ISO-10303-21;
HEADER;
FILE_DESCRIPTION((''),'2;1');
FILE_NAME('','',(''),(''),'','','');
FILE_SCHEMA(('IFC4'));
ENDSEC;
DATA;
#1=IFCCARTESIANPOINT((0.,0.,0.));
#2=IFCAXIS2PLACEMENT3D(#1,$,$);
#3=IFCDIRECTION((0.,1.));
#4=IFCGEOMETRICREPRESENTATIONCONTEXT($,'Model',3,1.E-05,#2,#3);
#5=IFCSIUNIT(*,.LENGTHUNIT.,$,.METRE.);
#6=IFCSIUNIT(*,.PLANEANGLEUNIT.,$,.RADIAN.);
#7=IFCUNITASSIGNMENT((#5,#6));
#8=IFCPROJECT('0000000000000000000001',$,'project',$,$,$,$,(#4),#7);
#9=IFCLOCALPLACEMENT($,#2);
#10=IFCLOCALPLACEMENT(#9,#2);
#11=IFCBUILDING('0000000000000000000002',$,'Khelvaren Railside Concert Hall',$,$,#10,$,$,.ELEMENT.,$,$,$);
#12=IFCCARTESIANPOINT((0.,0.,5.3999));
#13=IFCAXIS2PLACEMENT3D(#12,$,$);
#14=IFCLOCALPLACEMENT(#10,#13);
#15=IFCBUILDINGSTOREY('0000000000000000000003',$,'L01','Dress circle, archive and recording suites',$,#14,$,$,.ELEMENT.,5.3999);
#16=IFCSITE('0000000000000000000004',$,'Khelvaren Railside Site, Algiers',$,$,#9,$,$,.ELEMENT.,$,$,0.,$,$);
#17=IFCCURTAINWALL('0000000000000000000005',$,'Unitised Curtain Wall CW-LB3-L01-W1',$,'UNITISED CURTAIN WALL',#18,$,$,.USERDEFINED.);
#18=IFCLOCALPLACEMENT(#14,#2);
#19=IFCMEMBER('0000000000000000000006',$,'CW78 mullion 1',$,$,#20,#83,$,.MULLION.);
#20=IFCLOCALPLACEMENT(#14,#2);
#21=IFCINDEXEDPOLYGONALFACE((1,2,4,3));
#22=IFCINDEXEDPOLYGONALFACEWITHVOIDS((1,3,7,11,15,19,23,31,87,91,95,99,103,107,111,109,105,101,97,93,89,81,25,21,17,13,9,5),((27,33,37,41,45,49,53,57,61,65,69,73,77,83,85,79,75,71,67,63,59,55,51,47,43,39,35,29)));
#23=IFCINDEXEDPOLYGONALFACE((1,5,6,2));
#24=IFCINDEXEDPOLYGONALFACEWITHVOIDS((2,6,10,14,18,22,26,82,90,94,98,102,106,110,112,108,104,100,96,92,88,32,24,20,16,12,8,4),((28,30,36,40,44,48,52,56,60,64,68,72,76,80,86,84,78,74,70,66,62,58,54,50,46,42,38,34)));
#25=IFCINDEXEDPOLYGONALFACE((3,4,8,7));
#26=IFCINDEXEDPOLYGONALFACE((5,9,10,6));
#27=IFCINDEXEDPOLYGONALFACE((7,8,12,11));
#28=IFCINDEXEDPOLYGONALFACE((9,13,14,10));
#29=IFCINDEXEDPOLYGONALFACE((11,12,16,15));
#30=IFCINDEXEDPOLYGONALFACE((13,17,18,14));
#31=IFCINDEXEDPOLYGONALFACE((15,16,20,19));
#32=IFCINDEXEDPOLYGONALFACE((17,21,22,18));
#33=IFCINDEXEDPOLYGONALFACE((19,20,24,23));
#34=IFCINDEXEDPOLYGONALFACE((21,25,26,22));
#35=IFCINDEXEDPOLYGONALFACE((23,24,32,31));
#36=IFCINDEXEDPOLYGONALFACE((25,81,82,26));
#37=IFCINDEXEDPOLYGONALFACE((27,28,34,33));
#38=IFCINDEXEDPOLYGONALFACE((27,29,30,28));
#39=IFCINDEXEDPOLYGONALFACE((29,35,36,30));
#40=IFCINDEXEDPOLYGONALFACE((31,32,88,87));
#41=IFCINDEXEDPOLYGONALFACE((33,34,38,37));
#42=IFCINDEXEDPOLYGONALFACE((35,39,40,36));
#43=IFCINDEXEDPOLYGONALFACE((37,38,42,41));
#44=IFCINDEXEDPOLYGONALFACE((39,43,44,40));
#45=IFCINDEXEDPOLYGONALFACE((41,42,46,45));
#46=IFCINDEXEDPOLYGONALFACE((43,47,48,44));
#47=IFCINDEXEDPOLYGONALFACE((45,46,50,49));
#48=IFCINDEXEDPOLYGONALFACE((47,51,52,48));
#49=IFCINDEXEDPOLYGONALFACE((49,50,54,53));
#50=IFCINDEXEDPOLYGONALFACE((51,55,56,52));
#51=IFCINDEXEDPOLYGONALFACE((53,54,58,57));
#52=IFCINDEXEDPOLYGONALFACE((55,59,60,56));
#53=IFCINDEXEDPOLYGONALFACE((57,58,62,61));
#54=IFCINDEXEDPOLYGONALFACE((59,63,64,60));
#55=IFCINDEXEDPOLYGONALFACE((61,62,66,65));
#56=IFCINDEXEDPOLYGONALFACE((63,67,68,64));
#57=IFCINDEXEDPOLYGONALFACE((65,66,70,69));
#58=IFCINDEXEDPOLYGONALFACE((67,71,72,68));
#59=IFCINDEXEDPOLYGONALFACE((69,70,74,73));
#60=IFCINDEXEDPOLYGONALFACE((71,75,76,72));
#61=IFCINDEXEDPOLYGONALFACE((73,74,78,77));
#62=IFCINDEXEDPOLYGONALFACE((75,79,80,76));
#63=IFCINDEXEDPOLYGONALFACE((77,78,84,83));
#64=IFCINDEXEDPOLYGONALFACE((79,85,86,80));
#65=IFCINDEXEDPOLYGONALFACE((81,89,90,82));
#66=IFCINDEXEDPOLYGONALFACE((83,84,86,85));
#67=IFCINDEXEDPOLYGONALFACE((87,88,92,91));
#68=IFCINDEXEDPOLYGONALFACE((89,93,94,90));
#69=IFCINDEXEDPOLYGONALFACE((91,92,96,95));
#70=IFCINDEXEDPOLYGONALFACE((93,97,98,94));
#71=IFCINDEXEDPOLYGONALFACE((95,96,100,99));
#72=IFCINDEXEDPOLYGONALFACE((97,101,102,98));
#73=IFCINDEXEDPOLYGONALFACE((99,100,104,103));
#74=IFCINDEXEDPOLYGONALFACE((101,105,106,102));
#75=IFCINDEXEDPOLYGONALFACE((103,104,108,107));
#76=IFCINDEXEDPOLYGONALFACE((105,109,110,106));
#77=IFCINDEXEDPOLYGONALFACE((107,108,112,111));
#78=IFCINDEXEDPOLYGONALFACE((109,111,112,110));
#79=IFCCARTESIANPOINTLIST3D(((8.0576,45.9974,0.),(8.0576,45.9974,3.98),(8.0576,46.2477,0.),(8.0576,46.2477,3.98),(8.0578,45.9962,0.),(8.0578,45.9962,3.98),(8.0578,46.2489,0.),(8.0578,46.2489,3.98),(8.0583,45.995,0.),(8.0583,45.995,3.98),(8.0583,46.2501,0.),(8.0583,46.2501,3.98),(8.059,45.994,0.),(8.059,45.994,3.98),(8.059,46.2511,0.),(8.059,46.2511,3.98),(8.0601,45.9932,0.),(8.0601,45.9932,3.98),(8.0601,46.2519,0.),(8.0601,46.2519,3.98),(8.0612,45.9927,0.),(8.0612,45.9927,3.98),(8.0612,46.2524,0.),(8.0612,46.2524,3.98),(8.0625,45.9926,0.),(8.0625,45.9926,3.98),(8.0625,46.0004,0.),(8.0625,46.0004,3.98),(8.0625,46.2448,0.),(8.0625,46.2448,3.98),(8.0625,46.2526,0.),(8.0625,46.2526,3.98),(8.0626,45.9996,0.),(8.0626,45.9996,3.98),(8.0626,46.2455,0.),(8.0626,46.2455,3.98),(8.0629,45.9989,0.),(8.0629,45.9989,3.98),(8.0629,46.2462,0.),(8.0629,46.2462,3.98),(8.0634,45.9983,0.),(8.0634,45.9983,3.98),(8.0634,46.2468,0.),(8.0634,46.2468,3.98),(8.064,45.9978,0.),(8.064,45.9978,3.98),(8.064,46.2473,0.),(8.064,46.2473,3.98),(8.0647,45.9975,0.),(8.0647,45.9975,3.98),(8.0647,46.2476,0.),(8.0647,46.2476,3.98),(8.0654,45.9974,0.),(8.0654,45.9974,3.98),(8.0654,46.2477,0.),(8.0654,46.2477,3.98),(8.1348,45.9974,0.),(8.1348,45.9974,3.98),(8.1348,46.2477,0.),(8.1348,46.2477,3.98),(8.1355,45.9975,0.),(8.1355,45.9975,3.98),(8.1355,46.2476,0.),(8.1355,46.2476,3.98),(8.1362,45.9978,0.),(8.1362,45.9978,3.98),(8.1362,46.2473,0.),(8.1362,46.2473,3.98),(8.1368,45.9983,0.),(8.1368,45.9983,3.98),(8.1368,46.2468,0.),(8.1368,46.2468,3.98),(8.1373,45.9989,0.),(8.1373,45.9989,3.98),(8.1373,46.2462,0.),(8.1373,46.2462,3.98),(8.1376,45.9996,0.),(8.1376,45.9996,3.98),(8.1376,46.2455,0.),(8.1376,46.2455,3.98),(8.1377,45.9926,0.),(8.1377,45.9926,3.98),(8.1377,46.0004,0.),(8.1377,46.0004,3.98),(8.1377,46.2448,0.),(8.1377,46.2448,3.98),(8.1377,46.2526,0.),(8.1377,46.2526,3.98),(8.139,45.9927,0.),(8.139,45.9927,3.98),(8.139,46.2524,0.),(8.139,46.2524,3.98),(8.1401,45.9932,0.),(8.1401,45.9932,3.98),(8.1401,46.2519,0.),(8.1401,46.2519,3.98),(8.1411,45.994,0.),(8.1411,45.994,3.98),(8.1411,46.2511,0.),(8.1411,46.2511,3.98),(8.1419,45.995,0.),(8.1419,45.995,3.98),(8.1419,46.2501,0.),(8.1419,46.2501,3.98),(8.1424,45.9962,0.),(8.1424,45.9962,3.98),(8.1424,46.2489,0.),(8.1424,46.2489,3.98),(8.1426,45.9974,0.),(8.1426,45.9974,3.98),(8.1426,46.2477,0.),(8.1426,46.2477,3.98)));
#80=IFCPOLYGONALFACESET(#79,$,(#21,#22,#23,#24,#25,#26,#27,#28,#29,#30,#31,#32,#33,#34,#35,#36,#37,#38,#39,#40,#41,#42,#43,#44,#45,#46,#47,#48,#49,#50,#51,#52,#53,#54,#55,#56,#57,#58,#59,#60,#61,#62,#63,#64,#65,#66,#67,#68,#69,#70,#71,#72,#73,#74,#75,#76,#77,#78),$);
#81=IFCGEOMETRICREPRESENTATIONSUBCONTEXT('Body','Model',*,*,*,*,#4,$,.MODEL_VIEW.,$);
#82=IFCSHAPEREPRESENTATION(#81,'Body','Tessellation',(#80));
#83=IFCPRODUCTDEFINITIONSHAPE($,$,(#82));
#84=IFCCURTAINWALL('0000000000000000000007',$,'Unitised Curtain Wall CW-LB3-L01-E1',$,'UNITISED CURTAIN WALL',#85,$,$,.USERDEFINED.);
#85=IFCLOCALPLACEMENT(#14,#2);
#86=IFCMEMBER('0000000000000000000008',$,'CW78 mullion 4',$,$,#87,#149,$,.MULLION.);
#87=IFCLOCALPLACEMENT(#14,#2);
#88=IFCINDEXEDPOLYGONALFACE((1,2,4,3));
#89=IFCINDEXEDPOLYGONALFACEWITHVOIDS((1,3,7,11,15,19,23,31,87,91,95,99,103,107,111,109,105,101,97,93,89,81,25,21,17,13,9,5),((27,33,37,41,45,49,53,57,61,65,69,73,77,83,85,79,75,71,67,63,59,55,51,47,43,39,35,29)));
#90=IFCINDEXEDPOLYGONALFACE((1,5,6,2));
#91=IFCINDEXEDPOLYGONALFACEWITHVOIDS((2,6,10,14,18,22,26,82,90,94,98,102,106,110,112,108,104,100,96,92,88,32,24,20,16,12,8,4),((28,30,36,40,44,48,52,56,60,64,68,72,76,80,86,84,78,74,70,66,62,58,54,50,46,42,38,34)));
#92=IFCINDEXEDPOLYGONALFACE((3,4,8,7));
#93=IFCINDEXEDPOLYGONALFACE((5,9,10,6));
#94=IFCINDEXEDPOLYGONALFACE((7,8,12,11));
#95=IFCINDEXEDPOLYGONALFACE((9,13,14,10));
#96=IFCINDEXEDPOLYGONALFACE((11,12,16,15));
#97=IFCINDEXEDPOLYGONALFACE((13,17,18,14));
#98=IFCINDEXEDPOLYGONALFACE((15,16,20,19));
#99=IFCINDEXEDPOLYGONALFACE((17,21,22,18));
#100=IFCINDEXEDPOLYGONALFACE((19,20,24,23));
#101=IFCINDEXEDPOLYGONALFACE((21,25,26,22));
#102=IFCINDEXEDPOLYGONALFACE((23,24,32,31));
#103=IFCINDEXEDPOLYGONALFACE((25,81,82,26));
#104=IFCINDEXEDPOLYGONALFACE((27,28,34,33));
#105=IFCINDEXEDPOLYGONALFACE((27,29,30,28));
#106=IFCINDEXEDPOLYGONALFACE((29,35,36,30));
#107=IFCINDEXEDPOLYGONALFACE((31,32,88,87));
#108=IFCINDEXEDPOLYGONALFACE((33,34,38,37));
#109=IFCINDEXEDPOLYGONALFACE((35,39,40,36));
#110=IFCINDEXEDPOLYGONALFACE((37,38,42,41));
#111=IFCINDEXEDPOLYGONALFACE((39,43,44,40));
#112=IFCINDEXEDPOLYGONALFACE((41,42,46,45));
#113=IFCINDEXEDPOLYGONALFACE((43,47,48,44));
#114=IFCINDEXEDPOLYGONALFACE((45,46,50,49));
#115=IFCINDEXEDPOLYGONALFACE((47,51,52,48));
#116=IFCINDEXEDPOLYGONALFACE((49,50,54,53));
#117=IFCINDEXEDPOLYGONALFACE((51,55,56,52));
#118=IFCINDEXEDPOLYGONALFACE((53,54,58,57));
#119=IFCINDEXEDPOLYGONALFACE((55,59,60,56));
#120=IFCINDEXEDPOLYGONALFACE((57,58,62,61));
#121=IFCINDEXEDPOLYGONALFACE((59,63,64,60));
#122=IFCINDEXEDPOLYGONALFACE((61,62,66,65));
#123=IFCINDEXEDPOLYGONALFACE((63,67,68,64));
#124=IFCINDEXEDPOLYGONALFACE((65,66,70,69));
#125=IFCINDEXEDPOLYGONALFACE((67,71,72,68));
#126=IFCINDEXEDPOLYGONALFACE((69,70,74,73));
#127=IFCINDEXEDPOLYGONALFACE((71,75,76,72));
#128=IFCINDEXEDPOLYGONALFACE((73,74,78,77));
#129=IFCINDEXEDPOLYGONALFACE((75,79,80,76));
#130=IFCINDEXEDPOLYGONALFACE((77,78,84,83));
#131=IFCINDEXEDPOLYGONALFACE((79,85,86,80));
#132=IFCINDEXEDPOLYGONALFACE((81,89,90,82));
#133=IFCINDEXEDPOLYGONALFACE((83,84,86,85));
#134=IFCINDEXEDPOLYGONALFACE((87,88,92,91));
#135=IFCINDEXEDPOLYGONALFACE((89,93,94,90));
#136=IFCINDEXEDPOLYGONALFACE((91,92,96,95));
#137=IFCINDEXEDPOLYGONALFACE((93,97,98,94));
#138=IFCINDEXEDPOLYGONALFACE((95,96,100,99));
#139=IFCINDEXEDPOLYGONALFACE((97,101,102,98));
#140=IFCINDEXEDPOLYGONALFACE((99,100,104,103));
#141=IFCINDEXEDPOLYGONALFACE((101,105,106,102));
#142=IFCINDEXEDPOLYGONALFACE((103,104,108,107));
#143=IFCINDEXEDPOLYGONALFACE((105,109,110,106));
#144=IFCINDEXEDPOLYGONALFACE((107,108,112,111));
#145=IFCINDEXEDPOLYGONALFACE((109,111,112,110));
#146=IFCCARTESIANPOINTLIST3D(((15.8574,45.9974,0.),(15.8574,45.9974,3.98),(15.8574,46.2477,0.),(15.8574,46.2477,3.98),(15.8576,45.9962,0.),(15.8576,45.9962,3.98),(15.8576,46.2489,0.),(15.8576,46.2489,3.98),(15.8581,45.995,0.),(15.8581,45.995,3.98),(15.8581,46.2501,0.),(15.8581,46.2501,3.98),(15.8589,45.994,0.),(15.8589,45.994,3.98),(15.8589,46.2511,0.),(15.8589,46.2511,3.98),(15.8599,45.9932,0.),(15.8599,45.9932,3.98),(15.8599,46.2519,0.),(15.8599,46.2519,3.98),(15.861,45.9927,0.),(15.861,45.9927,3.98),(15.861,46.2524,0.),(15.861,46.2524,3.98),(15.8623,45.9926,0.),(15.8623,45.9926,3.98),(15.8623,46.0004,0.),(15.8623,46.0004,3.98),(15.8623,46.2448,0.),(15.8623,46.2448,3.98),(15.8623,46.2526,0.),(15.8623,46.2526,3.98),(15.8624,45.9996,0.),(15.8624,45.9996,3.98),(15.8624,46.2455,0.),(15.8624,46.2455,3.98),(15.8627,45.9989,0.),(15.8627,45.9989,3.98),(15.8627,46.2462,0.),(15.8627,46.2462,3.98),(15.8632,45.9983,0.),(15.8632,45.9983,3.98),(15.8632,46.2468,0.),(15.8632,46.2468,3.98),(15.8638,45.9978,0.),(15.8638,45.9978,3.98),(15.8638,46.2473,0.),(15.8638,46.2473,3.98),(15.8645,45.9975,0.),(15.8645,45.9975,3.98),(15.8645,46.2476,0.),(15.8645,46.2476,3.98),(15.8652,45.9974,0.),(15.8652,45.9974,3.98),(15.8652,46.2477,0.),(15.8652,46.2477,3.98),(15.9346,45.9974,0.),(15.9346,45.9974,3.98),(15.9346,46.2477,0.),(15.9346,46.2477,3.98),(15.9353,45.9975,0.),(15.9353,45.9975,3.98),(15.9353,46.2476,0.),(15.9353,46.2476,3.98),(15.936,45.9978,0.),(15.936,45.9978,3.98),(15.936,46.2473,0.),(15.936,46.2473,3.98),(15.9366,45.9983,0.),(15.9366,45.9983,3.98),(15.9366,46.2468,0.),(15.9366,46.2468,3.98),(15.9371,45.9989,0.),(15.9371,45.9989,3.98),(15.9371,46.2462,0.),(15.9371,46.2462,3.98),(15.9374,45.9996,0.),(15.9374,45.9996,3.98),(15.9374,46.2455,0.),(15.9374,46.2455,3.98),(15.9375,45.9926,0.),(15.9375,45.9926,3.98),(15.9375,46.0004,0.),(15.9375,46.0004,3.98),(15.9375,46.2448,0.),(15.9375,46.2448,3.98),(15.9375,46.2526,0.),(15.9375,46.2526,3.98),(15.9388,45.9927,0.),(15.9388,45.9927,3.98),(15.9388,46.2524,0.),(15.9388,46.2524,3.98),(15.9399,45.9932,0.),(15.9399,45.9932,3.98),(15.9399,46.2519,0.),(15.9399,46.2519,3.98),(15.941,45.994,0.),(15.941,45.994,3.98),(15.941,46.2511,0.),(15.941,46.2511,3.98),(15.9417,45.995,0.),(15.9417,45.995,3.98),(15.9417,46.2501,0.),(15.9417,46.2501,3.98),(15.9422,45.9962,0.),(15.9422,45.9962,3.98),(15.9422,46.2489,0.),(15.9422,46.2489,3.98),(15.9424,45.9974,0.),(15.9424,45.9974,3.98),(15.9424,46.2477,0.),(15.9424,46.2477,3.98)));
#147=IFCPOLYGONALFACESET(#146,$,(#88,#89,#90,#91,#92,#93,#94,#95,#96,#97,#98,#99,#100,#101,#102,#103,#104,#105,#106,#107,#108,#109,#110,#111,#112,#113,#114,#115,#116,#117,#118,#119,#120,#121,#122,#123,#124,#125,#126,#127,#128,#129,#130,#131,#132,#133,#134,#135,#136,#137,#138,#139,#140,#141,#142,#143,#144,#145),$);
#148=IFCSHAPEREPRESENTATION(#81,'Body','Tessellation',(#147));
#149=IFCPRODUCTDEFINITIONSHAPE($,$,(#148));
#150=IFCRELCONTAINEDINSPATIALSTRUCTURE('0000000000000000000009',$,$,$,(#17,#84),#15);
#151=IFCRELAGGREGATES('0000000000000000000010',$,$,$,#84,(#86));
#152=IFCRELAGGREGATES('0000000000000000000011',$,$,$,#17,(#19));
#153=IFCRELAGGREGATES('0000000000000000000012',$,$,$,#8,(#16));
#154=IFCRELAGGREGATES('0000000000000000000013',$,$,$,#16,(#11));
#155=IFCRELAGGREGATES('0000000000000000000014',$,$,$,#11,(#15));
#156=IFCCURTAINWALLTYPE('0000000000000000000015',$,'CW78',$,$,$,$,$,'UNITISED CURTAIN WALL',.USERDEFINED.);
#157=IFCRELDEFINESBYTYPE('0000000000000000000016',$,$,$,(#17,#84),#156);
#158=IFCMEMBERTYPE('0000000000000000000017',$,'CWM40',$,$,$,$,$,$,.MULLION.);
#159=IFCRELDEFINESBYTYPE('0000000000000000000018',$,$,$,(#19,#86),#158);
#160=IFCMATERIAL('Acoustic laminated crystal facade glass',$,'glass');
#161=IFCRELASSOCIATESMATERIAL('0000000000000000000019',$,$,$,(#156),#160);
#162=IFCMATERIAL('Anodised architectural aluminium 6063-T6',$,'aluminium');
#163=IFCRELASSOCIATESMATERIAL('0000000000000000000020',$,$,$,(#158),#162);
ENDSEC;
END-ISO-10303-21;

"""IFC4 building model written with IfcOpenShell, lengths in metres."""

from ifc_helpers import new_model, si_unit, direction, frame, origin, origin_2d, place, context, subcontext, project, spatial, hollow_rectangle, extrude, material, material_profile, profile_set, type_object, element, aggregate, save


model = new_model("IFC4")

# Units and contexts
model_context = context("Model", 3, precision=1e-05, world=origin(), true_north=direction((0.0, 1.0)))
body_context = subcontext(model_context, "Body", "Model", "MODEL_VIEW")
ifc_project = project(units=[si_unit("LENGTHUNIT", "METRE"), si_unit("PLANEANGLEUNIT", "RADIAN")], contexts=[model_context])

# Site, building, storey
site_placement = place(None, origin())
site = spatial("IfcSite", under=ifc_project, at=site_placement, Name="Khelvaren Railside Site, Algiers", CompositionType="ELEMENT", RefElevation=0.0)
building_placement = place(site_placement, origin())
building = spatial("IfcBuilding", under=site, at=building_placement, Name="Khelvaren Railside Concert Hall", CompositionType="ELEMENT")
storey_placement = place(building_placement, frame((0.0, 0.0, 5.3999)))
storey = spatial("IfcBuildingStorey", under=building, at=storey_placement, Name="L01", Description="Dress circle, archive and recording suites", CompositionType="ELEMENT", Elevation=5.3999)

# Curtain walls, members
ifc_material_1 = material(Name="Acoustic laminated crystal facade glass", Category="glass")
curtain_wall_type = type_object("IfcCurtainWallType", Name="CW78", ElementType="UNITISED CURTAIN WALL", PredefinedType="USERDEFINED", material=ifc_material_1)
curtain_wall_1_placement = place(storey_placement, origin())
curtain_wall_1 = element("IfcCurtainWall", 1, at=curtain_wall_1_placement, inside=storey, type_object=curtain_wall_type, Name="Unitised Curtain Wall CW-LB3-L01-W1", ObjectType="UNITISED CURTAIN WALL", PredefinedType="USERDEFINED")
ifc_material_2 = material(Name="Anodised architectural aluminium 6063-T6", Category="aluminium")
ifc_material_profile_1 = material_profile(ifc_material_2, hollow_rectangle(XDim=0.085, YDim=0.26, WallThickness=0.0049, InnerFilletRadius=0.0029, OuterFilletRadius=0.0049, at=origin_2d()), Name="CWM 85x260x5")
ifc_profile_set_1 = profile_set([ifc_material_profile_1], Name="Anodised architectural aluminium 6063-T6")
member_type_1 = type_object("IfcMemberType", Name="CWM40", PredefinedType="MULLION", material=ifc_profile_set_1)
member_1_placement = place(storey_placement, frame((8.1001, 46.1226, 0.0), z_axis=(0.0, 0.0, 1.0), x_axis=(-1.0, 0.0, 0.0)))
member_1 = element("IfcMember", 2, at=member_1_placement, type_object=member_type_1, Name="CW78 mullion 1", PredefinedType="MULLION", context=body_context, shape_type="SweptSolid", body=[
    extrude(hollow_rectangle(XDim=0.085, YDim=0.26, WallThickness=0.0049, InnerFilletRadius=0.0029, OuterFilletRadius=0.0049, at=origin_2d()), origin(), (0.0, 0.0, 1.0), 3.98),
])
curtain_wall_2_placement = place(storey_placement, origin())
curtain_wall_2 = element("IfcCurtainWall", 3, at=curtain_wall_2_placement, inside=storey, type_object=curtain_wall_type, Name="Unitised Curtain Wall CW-LB3-L01-E1", ObjectType="UNITISED CURTAIN WALL", PredefinedType="USERDEFINED")
member_2_placement = place(storey_placement, frame((15.8999, 46.1226, 0.0), z_axis=(0.0, 0.0, 1.0), x_axis=(1.0, 0.0, 0.0)))
member_2 = element("IfcMember", 4, at=member_2_placement, type_object=member_type_1, Name="CW78 mullion 4", PredefinedType="MULLION", context=body_context, shape_type="SweptSolid", body=[
    extrude(hollow_rectangle(XDim=0.085, YDim=0.26, WallThickness=0.0049, InnerFilletRadius=0.0029, OuterFilletRadius=0.0049, at=origin_2d()), origin(), (0.0, 0.0, 1.0), 3.98),
])
aggregate(curtain_wall_2, [member_2])

aggregate(curtain_wall_1, [member_1])

save(model, "model.ifc")
